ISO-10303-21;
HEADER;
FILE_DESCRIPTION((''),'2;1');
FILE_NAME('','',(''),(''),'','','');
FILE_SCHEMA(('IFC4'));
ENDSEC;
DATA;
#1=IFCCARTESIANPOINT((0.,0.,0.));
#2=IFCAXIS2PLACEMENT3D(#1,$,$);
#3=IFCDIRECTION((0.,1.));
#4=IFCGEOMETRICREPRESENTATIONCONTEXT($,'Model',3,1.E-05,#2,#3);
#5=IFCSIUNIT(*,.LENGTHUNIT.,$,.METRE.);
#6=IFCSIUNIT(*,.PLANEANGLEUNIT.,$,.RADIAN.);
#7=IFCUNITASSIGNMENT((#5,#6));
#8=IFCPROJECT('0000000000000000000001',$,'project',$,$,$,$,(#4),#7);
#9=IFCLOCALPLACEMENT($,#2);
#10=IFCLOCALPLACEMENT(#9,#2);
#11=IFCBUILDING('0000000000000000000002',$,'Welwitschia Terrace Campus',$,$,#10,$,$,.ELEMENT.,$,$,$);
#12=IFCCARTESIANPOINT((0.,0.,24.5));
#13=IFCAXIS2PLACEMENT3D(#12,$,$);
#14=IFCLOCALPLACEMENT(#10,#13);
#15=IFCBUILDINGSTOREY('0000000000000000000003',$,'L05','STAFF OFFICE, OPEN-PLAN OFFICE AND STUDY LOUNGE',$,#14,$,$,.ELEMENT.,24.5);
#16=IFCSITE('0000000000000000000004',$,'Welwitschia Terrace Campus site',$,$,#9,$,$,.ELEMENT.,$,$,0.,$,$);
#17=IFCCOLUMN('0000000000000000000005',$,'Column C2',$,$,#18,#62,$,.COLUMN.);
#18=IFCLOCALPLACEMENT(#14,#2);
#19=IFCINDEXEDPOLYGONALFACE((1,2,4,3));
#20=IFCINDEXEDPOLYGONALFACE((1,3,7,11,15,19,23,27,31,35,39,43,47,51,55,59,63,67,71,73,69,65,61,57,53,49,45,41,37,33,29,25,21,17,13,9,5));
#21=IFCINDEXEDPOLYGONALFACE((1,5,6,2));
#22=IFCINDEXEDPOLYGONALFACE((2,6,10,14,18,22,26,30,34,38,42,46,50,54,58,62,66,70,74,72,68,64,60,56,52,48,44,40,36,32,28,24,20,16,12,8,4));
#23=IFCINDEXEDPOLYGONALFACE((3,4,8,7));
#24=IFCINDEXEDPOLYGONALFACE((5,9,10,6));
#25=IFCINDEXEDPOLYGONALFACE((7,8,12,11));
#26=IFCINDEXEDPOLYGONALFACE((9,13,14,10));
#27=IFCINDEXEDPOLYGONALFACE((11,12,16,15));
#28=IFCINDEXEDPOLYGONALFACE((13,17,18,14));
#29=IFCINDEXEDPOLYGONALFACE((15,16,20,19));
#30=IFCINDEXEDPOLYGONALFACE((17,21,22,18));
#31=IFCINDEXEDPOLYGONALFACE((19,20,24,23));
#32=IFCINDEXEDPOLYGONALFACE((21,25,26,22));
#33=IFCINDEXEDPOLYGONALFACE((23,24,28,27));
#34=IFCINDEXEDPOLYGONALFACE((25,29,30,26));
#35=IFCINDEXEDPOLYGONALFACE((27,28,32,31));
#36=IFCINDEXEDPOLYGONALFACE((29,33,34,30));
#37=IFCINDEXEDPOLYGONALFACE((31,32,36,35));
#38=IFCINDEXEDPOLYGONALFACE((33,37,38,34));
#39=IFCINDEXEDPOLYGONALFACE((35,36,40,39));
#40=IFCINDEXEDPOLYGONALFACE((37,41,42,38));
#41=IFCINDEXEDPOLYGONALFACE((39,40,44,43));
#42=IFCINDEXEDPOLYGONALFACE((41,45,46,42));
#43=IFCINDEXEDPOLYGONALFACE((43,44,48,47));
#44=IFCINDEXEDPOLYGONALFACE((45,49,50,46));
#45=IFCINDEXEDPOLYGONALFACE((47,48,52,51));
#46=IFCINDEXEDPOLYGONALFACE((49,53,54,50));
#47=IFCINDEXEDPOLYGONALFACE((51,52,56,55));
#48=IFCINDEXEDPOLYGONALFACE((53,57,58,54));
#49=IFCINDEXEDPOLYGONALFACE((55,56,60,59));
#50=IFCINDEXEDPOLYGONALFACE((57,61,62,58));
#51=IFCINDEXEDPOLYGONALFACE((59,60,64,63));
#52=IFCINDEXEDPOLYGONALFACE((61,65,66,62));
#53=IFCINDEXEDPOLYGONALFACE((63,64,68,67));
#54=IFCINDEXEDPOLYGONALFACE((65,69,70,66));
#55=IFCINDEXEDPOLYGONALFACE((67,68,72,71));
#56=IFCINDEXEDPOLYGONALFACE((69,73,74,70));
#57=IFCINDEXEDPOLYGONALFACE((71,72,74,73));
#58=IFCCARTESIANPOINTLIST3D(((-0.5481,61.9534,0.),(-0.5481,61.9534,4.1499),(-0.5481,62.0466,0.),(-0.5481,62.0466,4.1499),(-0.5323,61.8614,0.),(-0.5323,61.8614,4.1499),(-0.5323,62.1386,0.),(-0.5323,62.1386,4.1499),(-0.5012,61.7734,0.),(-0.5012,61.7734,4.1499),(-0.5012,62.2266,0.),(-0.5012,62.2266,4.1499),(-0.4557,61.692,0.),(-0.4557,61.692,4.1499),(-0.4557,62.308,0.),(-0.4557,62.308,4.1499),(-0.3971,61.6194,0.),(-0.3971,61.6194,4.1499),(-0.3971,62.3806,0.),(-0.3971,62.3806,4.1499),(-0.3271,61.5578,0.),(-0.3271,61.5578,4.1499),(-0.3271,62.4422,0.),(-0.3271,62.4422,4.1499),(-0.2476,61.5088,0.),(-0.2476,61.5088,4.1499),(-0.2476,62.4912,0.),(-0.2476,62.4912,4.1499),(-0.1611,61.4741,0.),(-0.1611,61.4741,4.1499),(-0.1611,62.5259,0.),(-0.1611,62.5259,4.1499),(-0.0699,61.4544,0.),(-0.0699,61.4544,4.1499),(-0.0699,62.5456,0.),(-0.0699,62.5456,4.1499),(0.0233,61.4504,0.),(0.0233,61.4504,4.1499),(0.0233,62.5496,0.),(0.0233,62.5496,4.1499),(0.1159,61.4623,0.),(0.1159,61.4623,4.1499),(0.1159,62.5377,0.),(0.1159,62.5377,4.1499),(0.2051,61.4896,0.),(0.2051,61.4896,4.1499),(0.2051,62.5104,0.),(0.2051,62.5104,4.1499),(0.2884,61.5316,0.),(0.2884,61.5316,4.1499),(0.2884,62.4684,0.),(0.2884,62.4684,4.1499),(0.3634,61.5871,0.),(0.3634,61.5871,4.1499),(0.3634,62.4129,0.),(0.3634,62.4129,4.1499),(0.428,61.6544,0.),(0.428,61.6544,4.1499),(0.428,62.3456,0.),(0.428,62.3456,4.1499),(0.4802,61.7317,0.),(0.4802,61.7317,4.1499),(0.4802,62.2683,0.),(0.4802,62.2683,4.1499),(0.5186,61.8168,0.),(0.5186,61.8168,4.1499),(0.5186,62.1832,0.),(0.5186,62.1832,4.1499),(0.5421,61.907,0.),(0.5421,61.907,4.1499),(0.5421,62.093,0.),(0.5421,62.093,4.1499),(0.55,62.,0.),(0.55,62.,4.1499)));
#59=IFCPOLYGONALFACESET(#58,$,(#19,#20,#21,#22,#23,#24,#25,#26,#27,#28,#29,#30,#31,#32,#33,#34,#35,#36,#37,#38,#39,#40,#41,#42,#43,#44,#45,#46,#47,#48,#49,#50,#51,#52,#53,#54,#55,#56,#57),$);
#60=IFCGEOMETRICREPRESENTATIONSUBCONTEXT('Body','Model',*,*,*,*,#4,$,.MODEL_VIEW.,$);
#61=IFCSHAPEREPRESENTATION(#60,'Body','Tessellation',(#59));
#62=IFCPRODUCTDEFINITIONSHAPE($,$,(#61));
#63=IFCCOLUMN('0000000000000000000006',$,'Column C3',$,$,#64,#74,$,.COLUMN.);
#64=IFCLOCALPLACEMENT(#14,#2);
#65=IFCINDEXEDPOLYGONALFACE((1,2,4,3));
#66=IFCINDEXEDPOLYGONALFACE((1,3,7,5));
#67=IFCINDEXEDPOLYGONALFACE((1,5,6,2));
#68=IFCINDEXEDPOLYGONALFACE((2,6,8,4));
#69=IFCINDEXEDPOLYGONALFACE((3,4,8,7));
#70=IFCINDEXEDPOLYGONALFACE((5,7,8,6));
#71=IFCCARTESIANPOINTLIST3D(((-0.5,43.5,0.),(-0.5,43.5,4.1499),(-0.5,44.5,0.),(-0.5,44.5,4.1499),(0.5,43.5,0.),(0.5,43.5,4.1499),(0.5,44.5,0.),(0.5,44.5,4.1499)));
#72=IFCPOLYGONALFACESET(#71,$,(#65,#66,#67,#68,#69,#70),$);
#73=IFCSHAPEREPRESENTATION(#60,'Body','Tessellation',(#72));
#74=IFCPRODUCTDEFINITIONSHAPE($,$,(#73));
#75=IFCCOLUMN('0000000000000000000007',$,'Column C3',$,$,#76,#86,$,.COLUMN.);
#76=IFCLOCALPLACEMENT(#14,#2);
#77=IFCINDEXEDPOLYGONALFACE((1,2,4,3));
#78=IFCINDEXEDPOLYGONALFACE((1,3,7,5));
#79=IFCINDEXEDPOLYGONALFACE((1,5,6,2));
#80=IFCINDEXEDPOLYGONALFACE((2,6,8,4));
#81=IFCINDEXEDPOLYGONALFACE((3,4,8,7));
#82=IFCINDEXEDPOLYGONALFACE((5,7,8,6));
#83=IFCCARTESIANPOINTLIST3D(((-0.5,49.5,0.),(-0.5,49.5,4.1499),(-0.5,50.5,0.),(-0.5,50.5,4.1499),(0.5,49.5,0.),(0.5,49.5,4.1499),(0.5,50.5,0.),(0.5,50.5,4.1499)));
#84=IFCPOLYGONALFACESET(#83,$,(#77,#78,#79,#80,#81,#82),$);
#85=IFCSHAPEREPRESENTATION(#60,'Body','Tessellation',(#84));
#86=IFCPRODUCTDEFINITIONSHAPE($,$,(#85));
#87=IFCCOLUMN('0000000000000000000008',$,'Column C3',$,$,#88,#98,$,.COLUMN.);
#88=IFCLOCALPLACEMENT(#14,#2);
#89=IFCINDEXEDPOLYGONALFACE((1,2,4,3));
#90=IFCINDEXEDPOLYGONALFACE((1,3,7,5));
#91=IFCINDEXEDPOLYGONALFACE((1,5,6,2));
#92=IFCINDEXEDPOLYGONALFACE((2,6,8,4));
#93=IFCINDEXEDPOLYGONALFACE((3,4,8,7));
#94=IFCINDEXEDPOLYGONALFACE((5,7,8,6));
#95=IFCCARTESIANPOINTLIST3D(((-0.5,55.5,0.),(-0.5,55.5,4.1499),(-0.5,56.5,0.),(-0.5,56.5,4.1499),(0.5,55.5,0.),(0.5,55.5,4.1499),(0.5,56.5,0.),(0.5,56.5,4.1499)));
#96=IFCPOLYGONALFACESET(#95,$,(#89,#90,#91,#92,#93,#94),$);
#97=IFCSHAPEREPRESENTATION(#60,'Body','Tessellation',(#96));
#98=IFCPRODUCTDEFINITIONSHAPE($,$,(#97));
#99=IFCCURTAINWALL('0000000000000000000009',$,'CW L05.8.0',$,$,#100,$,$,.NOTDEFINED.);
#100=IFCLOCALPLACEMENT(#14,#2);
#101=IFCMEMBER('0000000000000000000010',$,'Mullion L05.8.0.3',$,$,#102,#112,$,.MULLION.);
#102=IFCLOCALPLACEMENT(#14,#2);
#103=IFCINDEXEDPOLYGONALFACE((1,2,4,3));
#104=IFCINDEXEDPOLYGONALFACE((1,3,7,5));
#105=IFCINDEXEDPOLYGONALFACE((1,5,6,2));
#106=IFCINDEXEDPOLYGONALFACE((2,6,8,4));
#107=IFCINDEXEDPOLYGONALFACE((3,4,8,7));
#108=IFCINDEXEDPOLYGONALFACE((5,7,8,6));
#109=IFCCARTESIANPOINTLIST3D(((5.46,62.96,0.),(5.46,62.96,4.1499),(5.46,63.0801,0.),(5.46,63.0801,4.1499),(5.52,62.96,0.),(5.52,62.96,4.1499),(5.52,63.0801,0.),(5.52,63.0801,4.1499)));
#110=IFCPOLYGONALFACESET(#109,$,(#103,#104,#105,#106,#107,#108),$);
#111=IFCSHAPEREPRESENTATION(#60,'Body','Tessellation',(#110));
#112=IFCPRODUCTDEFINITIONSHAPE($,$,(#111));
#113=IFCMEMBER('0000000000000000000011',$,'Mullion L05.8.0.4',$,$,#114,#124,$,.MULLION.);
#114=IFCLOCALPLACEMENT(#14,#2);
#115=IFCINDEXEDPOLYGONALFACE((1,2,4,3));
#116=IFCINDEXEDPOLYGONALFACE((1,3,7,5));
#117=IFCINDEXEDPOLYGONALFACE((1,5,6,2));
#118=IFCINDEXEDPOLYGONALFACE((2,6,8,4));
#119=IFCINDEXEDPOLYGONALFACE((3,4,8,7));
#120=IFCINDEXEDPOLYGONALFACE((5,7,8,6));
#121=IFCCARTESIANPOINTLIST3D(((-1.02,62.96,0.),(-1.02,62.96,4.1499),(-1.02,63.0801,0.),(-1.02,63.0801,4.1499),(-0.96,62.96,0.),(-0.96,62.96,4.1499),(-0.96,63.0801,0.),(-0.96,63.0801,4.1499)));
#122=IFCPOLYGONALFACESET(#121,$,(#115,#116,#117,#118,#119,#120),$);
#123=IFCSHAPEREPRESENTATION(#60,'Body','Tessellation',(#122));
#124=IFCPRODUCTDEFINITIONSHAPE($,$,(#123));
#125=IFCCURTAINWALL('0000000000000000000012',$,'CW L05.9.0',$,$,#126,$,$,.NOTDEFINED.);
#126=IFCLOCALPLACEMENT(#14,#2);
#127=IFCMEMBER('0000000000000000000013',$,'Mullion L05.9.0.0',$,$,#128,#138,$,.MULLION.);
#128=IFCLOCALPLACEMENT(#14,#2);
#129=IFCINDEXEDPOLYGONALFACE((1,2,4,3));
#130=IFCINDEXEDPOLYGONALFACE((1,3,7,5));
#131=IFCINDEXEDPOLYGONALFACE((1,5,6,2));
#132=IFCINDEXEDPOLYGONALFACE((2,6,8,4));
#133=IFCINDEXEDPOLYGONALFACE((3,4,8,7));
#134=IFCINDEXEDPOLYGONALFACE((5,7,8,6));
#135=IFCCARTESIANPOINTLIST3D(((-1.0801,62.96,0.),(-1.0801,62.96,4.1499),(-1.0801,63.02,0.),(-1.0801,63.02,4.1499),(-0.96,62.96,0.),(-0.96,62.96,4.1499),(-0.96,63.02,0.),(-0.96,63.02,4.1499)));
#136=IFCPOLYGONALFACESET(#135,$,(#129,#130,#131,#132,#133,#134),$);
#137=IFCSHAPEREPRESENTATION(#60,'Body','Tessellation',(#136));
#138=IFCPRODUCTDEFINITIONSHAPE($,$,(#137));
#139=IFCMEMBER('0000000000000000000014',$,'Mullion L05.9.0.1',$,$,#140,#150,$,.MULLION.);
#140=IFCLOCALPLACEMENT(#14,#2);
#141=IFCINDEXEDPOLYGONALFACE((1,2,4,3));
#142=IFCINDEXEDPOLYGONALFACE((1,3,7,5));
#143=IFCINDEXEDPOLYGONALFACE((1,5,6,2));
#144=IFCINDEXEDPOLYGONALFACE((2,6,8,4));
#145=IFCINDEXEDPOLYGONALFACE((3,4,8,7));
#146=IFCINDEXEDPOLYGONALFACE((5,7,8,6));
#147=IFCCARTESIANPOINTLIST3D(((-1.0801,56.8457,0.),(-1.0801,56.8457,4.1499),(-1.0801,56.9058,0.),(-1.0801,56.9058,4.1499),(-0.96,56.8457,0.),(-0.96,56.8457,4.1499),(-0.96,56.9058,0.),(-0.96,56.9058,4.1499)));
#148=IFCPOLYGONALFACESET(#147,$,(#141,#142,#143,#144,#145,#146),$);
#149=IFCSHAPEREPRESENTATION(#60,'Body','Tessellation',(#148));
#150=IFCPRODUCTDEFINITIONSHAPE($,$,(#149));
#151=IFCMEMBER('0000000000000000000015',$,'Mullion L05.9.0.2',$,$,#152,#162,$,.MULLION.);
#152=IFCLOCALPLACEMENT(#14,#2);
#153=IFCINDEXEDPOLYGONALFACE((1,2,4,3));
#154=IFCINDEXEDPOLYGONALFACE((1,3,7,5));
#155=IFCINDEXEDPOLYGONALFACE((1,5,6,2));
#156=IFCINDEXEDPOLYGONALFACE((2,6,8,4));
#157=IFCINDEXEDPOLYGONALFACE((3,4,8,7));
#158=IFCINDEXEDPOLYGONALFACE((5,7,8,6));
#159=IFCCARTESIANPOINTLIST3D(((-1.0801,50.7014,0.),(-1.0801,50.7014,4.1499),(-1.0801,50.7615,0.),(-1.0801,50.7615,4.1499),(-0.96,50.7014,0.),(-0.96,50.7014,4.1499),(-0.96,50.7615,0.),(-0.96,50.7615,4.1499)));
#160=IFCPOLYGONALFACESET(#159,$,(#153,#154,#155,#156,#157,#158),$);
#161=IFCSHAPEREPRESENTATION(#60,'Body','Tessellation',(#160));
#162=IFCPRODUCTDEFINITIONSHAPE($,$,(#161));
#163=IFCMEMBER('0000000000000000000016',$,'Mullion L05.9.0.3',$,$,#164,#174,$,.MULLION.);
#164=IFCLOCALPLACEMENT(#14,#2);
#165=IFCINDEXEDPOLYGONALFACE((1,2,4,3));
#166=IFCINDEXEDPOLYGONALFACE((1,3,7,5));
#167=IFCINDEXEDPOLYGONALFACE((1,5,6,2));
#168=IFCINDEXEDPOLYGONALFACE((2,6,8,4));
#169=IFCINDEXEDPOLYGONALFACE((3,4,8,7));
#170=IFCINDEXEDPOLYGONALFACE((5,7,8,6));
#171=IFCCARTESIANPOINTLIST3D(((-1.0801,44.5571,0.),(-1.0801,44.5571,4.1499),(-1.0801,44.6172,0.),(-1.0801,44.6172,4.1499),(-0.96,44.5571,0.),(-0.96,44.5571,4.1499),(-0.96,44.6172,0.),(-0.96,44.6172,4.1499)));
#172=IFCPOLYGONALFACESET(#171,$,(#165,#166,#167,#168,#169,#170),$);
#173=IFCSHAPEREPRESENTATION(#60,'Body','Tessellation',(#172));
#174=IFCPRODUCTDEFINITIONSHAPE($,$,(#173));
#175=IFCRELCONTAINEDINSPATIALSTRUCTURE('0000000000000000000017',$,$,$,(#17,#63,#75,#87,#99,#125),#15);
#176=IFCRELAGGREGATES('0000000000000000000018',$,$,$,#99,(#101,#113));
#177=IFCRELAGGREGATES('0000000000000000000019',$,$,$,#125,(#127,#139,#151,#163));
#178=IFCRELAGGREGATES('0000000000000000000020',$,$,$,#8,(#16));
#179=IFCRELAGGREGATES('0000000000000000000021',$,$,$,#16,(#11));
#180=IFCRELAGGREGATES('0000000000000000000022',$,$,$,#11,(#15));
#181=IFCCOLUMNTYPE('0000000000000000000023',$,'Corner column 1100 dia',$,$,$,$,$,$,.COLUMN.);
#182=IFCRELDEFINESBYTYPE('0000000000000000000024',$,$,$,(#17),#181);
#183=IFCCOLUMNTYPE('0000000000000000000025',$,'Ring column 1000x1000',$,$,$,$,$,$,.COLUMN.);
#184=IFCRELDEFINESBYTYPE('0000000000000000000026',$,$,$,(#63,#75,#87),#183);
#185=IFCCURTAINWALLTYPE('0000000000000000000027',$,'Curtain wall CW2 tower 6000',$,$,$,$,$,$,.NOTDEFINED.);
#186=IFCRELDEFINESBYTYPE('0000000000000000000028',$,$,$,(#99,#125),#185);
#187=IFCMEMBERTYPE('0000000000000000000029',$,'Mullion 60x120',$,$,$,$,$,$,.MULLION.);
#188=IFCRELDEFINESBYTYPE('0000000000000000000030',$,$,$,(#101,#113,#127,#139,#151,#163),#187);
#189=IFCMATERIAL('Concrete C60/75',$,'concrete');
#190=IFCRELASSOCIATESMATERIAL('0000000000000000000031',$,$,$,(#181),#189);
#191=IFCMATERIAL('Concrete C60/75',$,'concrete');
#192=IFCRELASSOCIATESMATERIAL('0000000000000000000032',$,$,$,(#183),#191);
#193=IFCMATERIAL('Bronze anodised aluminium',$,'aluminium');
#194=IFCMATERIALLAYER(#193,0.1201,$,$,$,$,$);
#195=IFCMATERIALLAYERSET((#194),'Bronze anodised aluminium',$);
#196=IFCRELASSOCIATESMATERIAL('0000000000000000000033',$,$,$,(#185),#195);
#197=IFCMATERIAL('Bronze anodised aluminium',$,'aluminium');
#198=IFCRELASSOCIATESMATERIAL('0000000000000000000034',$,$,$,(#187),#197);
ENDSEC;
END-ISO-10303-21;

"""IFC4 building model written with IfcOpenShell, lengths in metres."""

from ifc_helpers import new_model, si_unit, direction, frame, origin, origin_2d, place, context, subcontext, project, spatial, rectangle, circle, extrude, material, layer, layer_set, material_profile, profile_set, type_object, element, aggregate, save


model = new_model("IFC4")

# Units and contexts
model_context = context("Model", 3, precision=1e-05, world=origin(), true_north=direction((0.0, 1.0)))
body_context = subcontext(model_context, "Body", "Model", "MODEL_VIEW")
ifc_project = project(units=[si_unit("LENGTHUNIT", "METRE"), si_unit("PLANEANGLEUNIT", "RADIAN")], contexts=[model_context])

# Site, building, storey
site_placement = place(None, origin())
site = spatial("IfcSite", under=ifc_project, at=site_placement, Name="Welwitschia Terrace Campus site", CompositionType="ELEMENT", RefElevation=0.0)
building_placement = place(site_placement, origin())
building = spatial("IfcBuilding", under=site, at=building_placement, Name="Welwitschia Terrace Campus", CompositionType="ELEMENT")
storey_placement = place(building_placement, frame((0.0, 0.0, 24.5)))
storey = spatial("IfcBuildingStorey", under=building, at=storey_placement, Name="L05", Description="STAFF OFFICE, OPEN-PLAN OFFICE AND STUDY LOUNGE", CompositionType="ELEMENT", Elevation=24.5)

# Columns
ifc_material_1 = material(Name="Concrete C60/75", Category="concrete")
ifc_material_profile_1 = material_profile(ifc_material_1, circle(Radius=0.55, at=origin_2d()))
ifc_profile_set_1 = profile_set([ifc_material_profile_1], Name="Concrete C60/75")
column_type_1 = type_object("IfcColumnType", Name="Corner column 1100 dia", PredefinedType="COLUMN", material=ifc_profile_set_1)
column_placement = place(storey_placement, frame((0.0, 62.0, 0.0), z_axis=(0.0, 0.0, 1.0), x_axis=(1.0, 0.0, 0.0)))
element("IfcColumn", 1, at=column_placement, inside=storey, type_object=column_type_1, Name="Column C2", PredefinedType="COLUMN", context=body_context, shape_type="SweptSolid", body=[
    extrude(circle(Radius=0.55, at=origin_2d()), origin(), (0.0, 0.0, 1.0), 4.1499),
])
ifc_material_2 = material(Name="Concrete C60/75", Category="concrete")
ifc_material_profile_2 = material_profile(ifc_material_2, rectangle(XDim=1.0, YDim=1.0, at=origin_2d()))
ifc_profile_set_2 = profile_set([ifc_material_profile_2], Name="Concrete C60/75")
column_type_2 = type_object("IfcColumnType", Name="Ring column 1000x1000", PredefinedType="COLUMN", material=ifc_profile_set_2)
for number, where, z_axis, x_axis, name in (
    (2, (0.0, 44.0, 0.0), (0.0, 0.0, 1.0), (1.0, 0.0, 0.0), "Column C3"),
    (3, (0.0, 50.0, 0.0), (0.0, 0.0, 1.0), (1.0, 0.0, 0.0), "Column C3"),
    (4, (0.0, 56.0, 0.0), (0.0, 0.0, 1.0), (1.0, 0.0, 0.0), "Column C3"),
):
    element("IfcColumn", number, at=place(storey_placement, frame(where, z_axis=z_axis, x_axis=x_axis)), inside=storey, type_object=column_type_2, Name=name, PredefinedType="COLUMN", context=body_context, shape_type="SweptSolid", body=[
        extrude(rectangle(XDim=1.0, YDim=1.0, at=origin_2d()), origin(), (0.0, 0.0, 1.0), 4.1499),
    ])

# Curtain walls, members
ifc_material_3 = material(Name="Bronze anodised aluminium", Category="aluminium")
ifc_layer_1 = layer(ifc_material_3, 0.1201)
ifc_layer_set_1 = layer_set([ifc_layer_1], Name="Bronze anodised aluminium")
curtain_wall_type = type_object("IfcCurtainWallType", Name="Curtain wall CW2 tower 6000", PredefinedType="NOTDEFINED", material=ifc_layer_set_1)
curtain_wall_1_placement = place(storey_placement, origin())
curtain_wall_1 = element("IfcCurtainWall", 5, at=curtain_wall_1_placement, inside=storey, type_object=curtain_wall_type, Name="CW L05.8.0", PredefinedType="NOTDEFINED")
ifc_material_4 = material(Name="Bronze anodised aluminium", Category="aluminium")
ifc_material_profile_3 = material_profile(ifc_material_4, rectangle(XDim=0.1201, YDim=0.0601, at=origin_2d()))
ifc_profile_set_3 = profile_set([ifc_material_profile_3], Name="Bronze anodised aluminium")
member_type_1 = type_object("IfcMemberType", Name="Mullion 60x120", PredefinedType="MULLION", material=ifc_profile_set_3)
member_1_placement = place(storey_placement, frame((5.49, 63.02, 0.0), z_axis=(0.0, 0.0, 1.0), x_axis=(0.0, -1.0, 0.0)))
member_1 = element("IfcMember", 6, at=member_1_placement, type_object=member_type_1, Name="Mullion L05.8.0.3", PredefinedType="MULLION", context=body_context, shape_type="SweptSolid", body=[
    extrude(rectangle(XDim=0.1201, YDim=0.0601, at=origin_2d()), origin(), (0.0, 0.0, 1.0), 4.1499),
])
member_2_placement = place(storey_placement, frame((-0.99, 63.02, 0.0), z_axis=(0.0, 0.0, 1.0), x_axis=(0.0, -1.0, 0.0)))
member_2 = element("IfcMember", 7, at=member_2_placement, type_object=member_type_1, Name="Mullion L05.8.0.4", PredefinedType="MULLION", context=body_context, shape_type="SweptSolid", body=[
    extrude(rectangle(XDim=0.1201, YDim=0.0601, at=origin_2d()), origin(), (0.0, 0.0, 1.0), 4.1499),
])
curtain_wall_2_placement = place(storey_placement, origin())
curtain_wall_2 = element("IfcCurtainWall", 8, at=curtain_wall_2_placement, inside=storey, type_object=curtain_wall_type, Name="CW L05.9.0", PredefinedType="NOTDEFINED")
member_3_placement = place(storey_placement, frame((-1.02, 62.99, 0.0), z_axis=(0.0, 0.0, 1.0), x_axis=(1.0, 0.0, 0.0)))
member_3 = element("IfcMember", 9, at=member_3_placement, type_object=member_type_1, Name="Mullion L05.9.0.0", PredefinedType="MULLION", context=body_context, shape_type="SweptSolid", body=[
    extrude(rectangle(XDim=0.1201, YDim=0.0601, at=origin_2d()), origin(), (0.0, 0.0, 1.0), 4.1499),
])
member_4_placement = place(storey_placement, frame((-1.02, 56.8757, 0.0), z_axis=(0.0, 0.0, 1.0), x_axis=(1.0, 0.0, 0.0)))
member_4 = element("IfcMember", 10, at=member_4_placement, type_object=member_type_1, Name="Mullion L05.9.0.1", PredefinedType="MULLION", context=body_context, shape_type="SweptSolid", body=[
    extrude(rectangle(XDim=0.1201, YDim=0.0601, at=origin_2d()), origin(), (0.0, 0.0, 1.0), 4.1499),
])
member_5_placement = place(storey_placement, frame((-1.02, 50.7314, 0.0), z_axis=(0.0, 0.0, 1.0), x_axis=(1.0, 0.0, 0.0)))
member_5 = element("IfcMember", 11, at=member_5_placement, type_object=member_type_1, Name="Mullion L05.9.0.2", PredefinedType="MULLION", context=body_context, shape_type="SweptSolid", body=[
    extrude(rectangle(XDim=0.1201, YDim=0.0601, at=origin_2d()), origin(), (0.0, 0.0, 1.0), 4.1499),
])
member_6_placement = place(storey_placement, frame((-1.02, 44.5872, 0.0), z_axis=(0.0, 0.0, 1.0), x_axis=(1.0, 0.0, 0.0)))
member_6 = element("IfcMember", 12, at=member_6_placement, type_object=member_type_1, Name="Mullion L05.9.0.3", PredefinedType="MULLION", context=body_context, shape_type="SweptSolid", body=[
    extrude(rectangle(XDim=0.1201, YDim=0.0601, at=origin_2d()), origin(), (0.0, 0.0, 1.0), 4.1499),
])

aggregate(curtain_wall_1, [member_1, member_2])
aggregate(curtain_wall_2, [member_3, member_4, member_5, member_6])

save(model, "model.ifc")
